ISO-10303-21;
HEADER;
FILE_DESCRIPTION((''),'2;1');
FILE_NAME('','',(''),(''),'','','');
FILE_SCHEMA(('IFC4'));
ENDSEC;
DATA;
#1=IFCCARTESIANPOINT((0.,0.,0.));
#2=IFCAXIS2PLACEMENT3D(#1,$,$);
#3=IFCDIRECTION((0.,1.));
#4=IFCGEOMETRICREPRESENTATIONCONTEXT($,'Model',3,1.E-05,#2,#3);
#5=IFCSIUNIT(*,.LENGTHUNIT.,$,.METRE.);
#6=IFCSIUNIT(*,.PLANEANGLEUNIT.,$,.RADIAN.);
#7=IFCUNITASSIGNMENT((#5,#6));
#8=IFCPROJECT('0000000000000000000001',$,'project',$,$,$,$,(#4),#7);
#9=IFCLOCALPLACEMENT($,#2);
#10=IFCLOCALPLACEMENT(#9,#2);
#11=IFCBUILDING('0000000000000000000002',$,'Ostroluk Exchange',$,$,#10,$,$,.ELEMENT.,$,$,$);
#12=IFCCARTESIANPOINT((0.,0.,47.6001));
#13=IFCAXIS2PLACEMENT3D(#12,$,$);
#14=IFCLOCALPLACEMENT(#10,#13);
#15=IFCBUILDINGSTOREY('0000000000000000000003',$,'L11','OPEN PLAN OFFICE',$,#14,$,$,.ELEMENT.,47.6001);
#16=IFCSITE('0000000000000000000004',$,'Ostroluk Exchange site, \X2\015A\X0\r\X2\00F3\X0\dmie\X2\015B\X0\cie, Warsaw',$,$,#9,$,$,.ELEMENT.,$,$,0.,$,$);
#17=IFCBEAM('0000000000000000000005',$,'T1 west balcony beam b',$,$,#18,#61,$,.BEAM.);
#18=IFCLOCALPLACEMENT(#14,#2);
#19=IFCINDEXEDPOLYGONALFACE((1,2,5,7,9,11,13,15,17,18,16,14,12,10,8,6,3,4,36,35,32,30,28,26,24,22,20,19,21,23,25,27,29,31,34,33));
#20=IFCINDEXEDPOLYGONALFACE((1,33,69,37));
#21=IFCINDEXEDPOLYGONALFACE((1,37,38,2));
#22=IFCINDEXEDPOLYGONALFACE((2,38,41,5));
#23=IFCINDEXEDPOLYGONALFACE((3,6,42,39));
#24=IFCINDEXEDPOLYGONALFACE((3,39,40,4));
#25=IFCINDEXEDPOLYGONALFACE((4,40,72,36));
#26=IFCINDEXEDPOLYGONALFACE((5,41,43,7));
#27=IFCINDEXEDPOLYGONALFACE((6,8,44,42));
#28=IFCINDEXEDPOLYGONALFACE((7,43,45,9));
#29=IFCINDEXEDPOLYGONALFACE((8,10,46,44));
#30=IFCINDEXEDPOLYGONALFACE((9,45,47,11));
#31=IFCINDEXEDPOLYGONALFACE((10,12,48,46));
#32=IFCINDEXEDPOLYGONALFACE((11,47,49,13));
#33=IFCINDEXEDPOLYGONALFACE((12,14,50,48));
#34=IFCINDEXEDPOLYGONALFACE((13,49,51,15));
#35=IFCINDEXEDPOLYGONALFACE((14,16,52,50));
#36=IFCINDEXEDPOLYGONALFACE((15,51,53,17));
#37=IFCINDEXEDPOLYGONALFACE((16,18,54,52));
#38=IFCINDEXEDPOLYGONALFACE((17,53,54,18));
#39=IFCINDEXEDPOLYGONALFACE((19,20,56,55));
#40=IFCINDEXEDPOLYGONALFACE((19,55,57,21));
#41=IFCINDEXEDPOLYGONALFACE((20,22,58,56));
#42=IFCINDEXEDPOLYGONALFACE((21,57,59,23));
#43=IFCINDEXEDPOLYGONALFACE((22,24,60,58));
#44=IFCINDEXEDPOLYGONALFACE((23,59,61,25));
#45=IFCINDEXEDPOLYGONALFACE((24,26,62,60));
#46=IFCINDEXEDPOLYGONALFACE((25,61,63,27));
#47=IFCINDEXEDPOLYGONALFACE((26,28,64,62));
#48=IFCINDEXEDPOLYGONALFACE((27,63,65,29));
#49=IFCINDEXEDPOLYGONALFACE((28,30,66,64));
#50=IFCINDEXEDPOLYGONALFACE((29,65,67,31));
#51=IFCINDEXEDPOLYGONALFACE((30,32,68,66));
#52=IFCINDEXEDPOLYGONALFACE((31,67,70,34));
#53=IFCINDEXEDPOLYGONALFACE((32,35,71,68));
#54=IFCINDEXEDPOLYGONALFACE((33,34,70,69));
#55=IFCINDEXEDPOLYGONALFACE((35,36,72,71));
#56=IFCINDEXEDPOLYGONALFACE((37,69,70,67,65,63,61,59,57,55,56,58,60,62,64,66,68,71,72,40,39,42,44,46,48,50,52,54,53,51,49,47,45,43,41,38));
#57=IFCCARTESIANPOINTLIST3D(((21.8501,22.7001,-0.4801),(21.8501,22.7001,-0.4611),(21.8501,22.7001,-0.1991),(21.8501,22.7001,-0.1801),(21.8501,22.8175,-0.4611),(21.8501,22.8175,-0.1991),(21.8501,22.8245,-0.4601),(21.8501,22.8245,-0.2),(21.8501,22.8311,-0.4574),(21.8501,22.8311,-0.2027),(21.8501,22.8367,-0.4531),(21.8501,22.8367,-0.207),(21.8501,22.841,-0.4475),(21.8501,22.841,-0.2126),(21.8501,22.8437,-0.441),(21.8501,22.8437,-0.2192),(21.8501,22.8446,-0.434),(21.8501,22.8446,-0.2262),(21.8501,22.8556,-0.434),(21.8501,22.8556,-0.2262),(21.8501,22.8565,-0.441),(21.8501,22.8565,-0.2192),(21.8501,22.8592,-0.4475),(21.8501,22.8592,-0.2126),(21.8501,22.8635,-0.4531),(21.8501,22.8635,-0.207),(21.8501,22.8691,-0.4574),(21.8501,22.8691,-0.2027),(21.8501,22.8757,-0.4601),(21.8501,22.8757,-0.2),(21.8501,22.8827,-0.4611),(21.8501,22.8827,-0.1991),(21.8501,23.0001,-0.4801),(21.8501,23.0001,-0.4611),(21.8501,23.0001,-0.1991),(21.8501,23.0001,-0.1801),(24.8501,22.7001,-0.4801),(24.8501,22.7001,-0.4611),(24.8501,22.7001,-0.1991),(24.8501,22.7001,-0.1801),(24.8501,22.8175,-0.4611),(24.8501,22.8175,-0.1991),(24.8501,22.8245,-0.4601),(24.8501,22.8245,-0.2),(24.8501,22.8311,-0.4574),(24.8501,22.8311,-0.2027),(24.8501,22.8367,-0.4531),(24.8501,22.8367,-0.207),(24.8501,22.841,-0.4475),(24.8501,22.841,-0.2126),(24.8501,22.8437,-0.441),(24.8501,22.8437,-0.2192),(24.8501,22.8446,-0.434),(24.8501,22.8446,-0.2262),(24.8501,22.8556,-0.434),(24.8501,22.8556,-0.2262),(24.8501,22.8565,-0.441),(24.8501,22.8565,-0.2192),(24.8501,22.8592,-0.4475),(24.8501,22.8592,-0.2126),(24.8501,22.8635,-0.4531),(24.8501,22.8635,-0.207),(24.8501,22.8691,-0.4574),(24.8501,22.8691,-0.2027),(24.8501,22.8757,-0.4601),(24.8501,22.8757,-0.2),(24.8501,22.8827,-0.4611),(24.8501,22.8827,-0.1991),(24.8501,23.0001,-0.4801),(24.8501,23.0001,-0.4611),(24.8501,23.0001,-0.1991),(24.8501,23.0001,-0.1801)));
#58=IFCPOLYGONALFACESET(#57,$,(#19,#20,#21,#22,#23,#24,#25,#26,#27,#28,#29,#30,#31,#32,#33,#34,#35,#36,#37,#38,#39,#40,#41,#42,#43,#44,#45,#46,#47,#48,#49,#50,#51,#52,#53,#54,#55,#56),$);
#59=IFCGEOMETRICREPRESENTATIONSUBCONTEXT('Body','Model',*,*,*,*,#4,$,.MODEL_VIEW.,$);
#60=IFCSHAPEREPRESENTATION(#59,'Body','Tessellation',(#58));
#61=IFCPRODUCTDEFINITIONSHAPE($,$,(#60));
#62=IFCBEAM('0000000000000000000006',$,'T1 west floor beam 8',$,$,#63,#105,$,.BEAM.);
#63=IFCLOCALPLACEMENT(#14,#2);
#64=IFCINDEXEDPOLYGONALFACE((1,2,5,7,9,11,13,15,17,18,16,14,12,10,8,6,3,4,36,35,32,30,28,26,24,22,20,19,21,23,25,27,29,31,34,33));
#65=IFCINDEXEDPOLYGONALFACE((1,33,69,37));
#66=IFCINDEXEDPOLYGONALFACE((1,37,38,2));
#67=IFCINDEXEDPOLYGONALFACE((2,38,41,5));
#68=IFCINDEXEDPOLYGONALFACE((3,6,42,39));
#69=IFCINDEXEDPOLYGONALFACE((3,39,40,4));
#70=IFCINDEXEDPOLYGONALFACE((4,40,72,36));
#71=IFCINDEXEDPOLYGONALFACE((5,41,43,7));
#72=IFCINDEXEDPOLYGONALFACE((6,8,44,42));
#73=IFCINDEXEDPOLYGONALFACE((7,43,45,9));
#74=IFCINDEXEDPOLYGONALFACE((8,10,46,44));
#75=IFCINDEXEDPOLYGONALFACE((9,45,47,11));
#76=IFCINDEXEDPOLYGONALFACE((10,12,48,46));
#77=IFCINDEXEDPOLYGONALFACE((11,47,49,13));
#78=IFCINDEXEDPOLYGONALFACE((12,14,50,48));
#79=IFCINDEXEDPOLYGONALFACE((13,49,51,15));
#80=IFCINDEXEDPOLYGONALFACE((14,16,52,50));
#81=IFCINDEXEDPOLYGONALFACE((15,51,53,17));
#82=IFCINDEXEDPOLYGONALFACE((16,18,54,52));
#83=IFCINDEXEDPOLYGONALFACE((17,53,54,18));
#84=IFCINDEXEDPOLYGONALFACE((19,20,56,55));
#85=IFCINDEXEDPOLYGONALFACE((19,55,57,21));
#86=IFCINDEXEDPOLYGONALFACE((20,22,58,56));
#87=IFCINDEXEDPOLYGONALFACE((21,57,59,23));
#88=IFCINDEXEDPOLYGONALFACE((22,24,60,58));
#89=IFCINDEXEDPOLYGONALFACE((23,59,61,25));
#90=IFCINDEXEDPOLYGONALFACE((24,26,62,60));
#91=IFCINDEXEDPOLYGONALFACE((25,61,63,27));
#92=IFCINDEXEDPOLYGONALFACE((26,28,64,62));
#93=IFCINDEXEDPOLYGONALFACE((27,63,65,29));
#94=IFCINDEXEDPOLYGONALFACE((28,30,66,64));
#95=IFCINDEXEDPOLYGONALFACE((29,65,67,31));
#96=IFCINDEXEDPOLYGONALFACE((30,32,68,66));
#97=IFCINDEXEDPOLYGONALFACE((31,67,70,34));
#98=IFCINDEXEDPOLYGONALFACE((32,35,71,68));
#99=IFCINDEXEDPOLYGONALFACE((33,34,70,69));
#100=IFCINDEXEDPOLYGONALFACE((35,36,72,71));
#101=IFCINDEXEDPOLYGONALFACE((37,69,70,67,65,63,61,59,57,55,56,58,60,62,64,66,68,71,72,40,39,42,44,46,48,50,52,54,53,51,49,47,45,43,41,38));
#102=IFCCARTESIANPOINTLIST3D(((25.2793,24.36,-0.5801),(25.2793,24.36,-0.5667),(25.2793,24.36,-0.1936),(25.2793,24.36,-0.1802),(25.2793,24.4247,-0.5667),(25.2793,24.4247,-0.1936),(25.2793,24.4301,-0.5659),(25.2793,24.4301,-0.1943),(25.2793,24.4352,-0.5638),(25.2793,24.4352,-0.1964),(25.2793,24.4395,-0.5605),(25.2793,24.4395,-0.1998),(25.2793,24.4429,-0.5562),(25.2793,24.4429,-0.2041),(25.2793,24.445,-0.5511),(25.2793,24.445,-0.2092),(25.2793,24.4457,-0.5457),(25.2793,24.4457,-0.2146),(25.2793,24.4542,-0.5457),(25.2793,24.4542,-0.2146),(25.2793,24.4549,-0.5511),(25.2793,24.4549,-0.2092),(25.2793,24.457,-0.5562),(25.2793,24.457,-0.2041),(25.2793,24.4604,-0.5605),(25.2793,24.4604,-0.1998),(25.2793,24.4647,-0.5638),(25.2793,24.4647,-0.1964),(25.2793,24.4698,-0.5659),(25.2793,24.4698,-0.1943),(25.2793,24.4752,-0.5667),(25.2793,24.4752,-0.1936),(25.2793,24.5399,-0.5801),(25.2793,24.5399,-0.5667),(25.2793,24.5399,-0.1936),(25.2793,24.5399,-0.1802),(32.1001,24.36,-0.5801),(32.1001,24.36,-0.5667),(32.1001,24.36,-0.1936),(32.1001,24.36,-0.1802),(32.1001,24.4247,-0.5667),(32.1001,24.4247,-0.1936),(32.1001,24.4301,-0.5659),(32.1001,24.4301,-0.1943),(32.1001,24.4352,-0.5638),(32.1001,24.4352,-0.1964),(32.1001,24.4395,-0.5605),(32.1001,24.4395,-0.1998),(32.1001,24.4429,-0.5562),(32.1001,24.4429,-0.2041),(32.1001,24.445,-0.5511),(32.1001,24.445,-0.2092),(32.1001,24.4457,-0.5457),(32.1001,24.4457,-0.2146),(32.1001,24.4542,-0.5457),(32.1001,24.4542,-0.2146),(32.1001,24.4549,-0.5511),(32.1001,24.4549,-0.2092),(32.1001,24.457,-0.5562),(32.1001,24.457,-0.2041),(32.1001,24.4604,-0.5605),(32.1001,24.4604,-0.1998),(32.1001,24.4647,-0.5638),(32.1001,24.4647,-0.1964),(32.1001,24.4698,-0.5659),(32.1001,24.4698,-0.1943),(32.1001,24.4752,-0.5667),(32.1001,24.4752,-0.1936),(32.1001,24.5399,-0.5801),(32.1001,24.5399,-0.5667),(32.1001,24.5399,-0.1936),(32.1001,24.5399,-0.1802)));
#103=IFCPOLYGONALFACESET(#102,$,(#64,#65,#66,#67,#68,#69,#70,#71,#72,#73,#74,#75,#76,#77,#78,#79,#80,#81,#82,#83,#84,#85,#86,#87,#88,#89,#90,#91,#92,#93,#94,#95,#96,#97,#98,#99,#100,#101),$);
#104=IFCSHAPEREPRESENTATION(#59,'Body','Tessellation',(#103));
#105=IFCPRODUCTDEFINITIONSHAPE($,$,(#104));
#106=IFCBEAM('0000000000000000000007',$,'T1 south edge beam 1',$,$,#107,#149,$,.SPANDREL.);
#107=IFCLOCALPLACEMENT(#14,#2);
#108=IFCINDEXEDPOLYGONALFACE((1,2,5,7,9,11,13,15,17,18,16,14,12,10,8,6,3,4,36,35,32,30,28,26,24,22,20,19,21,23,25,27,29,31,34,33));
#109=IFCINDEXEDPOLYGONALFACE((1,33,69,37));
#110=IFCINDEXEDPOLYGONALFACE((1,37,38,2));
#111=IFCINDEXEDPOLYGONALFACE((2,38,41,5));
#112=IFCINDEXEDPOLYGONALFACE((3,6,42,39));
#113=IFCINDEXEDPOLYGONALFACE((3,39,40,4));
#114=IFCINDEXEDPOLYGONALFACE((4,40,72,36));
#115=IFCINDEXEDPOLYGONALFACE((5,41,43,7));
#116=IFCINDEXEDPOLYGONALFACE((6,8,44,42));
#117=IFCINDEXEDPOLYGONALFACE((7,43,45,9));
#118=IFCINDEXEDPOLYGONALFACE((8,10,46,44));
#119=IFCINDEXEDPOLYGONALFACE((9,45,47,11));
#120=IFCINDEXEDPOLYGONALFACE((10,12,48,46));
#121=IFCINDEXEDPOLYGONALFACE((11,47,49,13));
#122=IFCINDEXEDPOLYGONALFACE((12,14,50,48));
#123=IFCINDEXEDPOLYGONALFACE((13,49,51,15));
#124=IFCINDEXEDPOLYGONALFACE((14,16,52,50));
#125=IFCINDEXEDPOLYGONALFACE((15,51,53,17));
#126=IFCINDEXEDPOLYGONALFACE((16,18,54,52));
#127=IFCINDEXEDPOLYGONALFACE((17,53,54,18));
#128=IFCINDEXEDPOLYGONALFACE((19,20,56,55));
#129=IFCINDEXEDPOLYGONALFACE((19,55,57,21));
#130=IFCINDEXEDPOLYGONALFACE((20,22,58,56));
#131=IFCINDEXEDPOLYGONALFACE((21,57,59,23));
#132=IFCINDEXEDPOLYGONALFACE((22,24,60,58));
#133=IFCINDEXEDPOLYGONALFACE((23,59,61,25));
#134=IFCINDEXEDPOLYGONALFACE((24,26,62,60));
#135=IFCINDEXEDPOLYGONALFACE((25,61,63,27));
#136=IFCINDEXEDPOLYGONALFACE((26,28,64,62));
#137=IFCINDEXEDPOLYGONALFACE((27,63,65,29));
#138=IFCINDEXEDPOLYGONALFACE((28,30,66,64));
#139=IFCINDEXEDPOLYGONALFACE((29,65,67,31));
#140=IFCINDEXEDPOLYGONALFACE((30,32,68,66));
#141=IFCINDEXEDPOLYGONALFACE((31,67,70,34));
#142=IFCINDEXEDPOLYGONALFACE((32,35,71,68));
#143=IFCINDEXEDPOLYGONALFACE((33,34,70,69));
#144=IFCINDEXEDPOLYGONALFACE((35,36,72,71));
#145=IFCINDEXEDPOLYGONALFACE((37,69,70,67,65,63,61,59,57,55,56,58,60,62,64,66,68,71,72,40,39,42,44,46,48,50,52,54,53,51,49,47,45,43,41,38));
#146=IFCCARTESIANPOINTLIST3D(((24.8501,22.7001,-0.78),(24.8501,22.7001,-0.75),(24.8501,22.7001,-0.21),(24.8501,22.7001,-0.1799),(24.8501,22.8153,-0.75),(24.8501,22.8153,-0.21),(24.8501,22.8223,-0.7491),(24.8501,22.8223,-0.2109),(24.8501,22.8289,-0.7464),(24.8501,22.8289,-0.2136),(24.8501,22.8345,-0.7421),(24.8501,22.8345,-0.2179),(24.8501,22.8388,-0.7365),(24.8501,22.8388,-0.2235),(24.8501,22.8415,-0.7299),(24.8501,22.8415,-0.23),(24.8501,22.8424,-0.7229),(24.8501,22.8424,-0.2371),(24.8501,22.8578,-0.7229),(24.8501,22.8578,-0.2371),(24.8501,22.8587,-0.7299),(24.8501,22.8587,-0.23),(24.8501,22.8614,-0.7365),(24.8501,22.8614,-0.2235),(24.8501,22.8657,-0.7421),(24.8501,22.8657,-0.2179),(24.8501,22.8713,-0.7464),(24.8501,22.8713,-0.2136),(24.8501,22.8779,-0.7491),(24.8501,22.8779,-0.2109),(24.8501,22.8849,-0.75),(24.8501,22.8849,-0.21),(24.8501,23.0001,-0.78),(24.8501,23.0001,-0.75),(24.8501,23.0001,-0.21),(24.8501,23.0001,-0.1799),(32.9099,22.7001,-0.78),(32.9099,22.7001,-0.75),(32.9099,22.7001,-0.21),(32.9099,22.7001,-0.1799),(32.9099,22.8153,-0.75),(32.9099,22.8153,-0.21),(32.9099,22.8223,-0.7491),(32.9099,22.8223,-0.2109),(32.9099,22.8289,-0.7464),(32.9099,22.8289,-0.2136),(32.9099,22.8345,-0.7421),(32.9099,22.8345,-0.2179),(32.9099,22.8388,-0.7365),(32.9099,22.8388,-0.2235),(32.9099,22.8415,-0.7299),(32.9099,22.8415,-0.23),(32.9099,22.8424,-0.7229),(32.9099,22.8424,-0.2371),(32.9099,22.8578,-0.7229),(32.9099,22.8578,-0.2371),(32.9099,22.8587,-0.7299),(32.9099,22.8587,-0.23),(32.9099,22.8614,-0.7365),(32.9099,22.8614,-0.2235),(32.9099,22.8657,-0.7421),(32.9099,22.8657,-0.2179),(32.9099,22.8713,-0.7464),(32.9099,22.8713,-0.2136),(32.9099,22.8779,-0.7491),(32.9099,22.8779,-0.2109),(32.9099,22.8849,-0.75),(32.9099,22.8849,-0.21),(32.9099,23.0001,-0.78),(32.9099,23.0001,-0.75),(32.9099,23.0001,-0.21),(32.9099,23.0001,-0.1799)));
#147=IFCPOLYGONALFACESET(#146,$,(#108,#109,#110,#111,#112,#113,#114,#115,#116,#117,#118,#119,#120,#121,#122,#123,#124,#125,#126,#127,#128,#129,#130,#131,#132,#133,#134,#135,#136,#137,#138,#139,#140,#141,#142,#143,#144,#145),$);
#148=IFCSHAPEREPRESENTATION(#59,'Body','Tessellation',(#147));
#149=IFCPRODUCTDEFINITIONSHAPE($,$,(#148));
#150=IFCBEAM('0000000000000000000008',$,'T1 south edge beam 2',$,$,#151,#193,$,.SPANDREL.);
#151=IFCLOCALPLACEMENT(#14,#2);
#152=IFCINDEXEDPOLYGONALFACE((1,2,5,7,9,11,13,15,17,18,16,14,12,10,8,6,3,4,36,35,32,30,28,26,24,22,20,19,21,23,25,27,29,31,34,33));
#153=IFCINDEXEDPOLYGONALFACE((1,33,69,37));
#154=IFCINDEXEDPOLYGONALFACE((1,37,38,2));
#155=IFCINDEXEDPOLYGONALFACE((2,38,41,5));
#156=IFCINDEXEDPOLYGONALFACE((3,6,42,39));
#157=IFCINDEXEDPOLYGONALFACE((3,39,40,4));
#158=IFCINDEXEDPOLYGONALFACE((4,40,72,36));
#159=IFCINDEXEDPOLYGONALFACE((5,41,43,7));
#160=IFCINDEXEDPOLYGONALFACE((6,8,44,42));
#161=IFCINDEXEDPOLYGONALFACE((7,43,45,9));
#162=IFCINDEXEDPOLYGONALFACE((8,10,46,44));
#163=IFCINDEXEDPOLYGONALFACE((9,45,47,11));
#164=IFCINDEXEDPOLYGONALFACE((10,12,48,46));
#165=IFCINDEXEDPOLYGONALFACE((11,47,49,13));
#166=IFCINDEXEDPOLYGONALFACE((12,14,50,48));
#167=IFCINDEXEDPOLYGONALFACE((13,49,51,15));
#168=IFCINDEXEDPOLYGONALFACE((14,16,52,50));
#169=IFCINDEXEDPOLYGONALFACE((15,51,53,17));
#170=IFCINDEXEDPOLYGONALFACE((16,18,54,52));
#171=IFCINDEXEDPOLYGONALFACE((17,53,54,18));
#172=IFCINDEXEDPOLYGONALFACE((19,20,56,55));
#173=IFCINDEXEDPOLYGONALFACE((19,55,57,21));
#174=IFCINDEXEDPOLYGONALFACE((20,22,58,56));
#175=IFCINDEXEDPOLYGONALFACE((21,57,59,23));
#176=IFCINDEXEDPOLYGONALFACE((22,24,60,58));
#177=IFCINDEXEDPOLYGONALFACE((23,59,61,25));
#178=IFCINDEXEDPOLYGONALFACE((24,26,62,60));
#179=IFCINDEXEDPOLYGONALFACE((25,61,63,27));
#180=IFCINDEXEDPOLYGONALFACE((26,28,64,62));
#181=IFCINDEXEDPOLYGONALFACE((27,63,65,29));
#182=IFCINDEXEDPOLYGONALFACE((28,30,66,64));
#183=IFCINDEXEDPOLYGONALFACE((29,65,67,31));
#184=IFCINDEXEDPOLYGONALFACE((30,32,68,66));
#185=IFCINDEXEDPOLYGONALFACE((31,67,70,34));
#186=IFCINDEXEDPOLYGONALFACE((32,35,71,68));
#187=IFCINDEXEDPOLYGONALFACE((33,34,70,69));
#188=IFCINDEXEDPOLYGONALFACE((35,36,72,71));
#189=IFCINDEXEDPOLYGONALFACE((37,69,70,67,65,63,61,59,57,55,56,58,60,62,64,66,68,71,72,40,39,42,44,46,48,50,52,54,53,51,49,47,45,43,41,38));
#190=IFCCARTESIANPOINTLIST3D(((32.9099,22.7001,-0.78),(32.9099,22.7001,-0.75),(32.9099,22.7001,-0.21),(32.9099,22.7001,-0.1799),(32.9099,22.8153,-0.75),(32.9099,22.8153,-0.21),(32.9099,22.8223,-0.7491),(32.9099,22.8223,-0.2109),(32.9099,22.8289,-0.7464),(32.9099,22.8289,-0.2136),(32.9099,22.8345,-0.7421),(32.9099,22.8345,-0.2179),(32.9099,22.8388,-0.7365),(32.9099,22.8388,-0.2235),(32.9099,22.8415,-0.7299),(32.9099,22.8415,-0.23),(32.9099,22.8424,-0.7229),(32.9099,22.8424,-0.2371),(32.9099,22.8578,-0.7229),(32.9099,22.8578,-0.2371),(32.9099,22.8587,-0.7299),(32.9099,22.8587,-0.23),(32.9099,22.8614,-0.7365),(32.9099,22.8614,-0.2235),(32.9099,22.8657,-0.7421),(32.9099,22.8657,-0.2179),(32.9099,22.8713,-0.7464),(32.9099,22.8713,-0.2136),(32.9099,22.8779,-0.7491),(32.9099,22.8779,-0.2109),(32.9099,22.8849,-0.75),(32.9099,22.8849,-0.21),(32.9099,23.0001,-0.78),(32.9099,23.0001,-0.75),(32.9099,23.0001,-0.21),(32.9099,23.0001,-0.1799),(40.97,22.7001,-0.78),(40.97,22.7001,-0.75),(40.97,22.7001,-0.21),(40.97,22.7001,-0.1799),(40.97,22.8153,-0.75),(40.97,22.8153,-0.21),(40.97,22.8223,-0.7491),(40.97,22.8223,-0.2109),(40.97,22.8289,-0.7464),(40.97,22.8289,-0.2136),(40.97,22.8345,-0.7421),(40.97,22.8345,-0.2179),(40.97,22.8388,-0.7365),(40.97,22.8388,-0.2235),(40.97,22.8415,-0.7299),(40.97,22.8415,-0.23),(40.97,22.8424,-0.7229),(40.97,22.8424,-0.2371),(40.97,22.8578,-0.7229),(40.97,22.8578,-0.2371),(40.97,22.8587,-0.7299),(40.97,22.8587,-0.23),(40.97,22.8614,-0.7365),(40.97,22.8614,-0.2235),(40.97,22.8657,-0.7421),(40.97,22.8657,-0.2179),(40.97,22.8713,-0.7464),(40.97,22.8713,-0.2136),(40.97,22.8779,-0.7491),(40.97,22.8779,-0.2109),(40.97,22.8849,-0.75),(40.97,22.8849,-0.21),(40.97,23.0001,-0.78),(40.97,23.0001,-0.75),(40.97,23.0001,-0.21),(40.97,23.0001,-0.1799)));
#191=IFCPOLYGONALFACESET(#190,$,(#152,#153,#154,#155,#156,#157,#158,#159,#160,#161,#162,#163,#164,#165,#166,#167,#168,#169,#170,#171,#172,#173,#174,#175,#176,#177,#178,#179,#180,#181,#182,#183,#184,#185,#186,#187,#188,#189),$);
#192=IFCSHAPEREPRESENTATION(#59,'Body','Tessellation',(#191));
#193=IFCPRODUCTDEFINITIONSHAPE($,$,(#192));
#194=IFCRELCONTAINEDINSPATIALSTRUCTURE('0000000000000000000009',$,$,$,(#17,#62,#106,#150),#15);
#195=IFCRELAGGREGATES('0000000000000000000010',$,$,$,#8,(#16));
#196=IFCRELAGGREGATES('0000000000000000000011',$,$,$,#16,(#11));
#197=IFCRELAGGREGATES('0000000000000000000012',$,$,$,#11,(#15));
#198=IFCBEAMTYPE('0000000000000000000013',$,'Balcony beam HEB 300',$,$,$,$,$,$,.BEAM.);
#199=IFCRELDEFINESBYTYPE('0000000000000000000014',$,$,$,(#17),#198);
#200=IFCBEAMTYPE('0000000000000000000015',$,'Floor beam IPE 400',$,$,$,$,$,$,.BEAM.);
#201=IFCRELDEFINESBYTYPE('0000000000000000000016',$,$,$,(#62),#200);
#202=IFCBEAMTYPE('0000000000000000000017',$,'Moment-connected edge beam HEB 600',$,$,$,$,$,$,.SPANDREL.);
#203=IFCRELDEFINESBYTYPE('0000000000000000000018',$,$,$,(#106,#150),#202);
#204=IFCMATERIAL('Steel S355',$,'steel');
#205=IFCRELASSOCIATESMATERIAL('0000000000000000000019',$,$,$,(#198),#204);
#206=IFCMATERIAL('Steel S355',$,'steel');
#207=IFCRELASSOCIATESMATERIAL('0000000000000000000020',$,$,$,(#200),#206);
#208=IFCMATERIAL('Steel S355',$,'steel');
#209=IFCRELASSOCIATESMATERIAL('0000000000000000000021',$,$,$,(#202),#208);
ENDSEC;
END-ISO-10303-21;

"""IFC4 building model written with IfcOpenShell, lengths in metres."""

from ifc_helpers import new_model, si_unit, direction, frame, origin, origin_2d, place, context, subcontext, project, spatial, i_section, extrude, material, material_profile, profile_set, type_object, element, save


model = new_model("IFC4")

# Units and contexts
model_context = context("Model", 3, precision=1e-05, world=origin(), true_north=direction((0.0, 1.0)))
body_context = subcontext(model_context, "Body", "Model", "MODEL_VIEW")
ifc_project = project(units=[si_unit("LENGTHUNIT", "METRE"), si_unit("PLANEANGLEUNIT", "RADIAN")], contexts=[model_context])

# Site, building, storey
site_placement = place(None, origin())
site = spatial("IfcSite", under=ifc_project, at=site_placement, Name="Ostroluk Exchange site, Śródmieście, Warsaw", CompositionType="ELEMENT", RefElevation=0.0)
building_placement = place(site_placement, origin())
building = spatial("IfcBuilding", under=site, at=building_placement, Name="Ostroluk Exchange", CompositionType="ELEMENT")
storey_placement = place(building_placement, frame((0.0, 0.0, 47.6001)))
storey = spatial("IfcBuildingStorey", under=building, at=storey_placement, Name="L11", Description="OPEN PLAN OFFICE", CompositionType="ELEMENT", Elevation=47.6001)

# Beams
ifc_material_1 = material(Name="Steel S355", Category="steel")
ifc_material_profile_1 = material_profile(ifc_material_1, i_section(OverallWidth=0.3, OverallDepth=0.3, WebThickness=0.011, FlangeThickness=0.019, FilletRadius=0.0271, at=origin_2d()), Name="HEB 300")
ifc_profile_set_1 = profile_set([ifc_material_profile_1], Name="Steel S355")
beam_type_1 = type_object("IfcBeamType", Name="Balcony beam HEB 300", PredefinedType="BEAM", material=ifc_profile_set_1)
beam_1_placement = place(storey_placement, frame((24.8501, 22.8501, -0.3301), z_axis=(-1.0, 0.0, 0.0), x_axis=(0.0, -1.0, 0.0)))
element("IfcBeam", 1, at=beam_1_placement, inside=storey, type_object=beam_type_1, Name="T1 west balcony beam b", PredefinedType="BEAM", context=body_context, shape_type="SweptSolid", body=[
    extrude(i_section(OverallWidth=0.3, OverallDepth=0.3, WebThickness=0.011, FlangeThickness=0.019, FilletRadius=0.0271, at=origin_2d()), origin(), (0.0, 0.0, 1.0), 3.0),
])
ifc_material_2 = material(Name="Steel S355", Category="steel")
ifc_material_profile_2 = material_profile(ifc_material_2, i_section(OverallWidth=0.1799, OverallDepth=0.3999, WebThickness=0.0085, FlangeThickness=0.0134, FilletRadius=0.021, at=origin_2d()), Name="IPE 400")
ifc_profile_set_2 = profile_set([ifc_material_profile_2], Name="Steel S355")
beam_type_2 = type_object("IfcBeamType", Name="Floor beam IPE 400", PredefinedType="BEAM", material=ifc_profile_set_2)
beam_2_placement = place(storey_placement, frame((32.1001, 24.45, -0.3801), z_axis=(-1.0, 0.0, 0.0), x_axis=(0.0, -1.0, 0.0)))
element("IfcBeam", 2, at=beam_2_placement, inside=storey, type_object=beam_type_2, Name="T1 west floor beam 8", PredefinedType="BEAM", context=body_context, shape_type="SweptSolid", body=[
    extrude(i_section(OverallWidth=0.1799, OverallDepth=0.3999, WebThickness=0.0085, FlangeThickness=0.0134, FilletRadius=0.021, at=origin_2d()), origin(), (0.0, 0.0, 1.0), 6.8208),
])
ifc_material_3 = material(Name="Steel S355", Category="steel")
ifc_material_profile_3 = material_profile(ifc_material_3, i_section(OverallWidth=0.3, OverallDepth=0.6001, WebThickness=0.0154, FlangeThickness=0.03, FilletRadius=0.0271, at=origin_2d()), Name="HEB 600")
ifc_profile_set_3 = profile_set([ifc_material_profile_3], Name="Steel S355")
beam_type_3 = type_object("IfcBeamType", Name="Moment-connected edge beam HEB 600", PredefinedType="SPANDREL", material=ifc_profile_set_3)
beam_3_placement = place(storey_placement, frame((24.8501, 22.8501, -0.48), z_axis=(1.0, 0.0, 0.0), x_axis=(0.0, 1.0, 0.0)))
element("IfcBeam", 3, at=beam_3_placement, inside=storey, type_object=beam_type_3, Name="T1 south edge beam 1", PredefinedType="SPANDREL", context=body_context, shape_type="SweptSolid", body=[
    extrude(i_section(OverallWidth=0.3, OverallDepth=0.6001, WebThickness=0.0154, FlangeThickness=0.03, FilletRadius=0.0271, at=origin_2d()), origin(), (0.0, 0.0, 1.0), 8.0598),
])
beam_4_placement = place(storey_placement, frame((32.9099, 22.8501, -0.48), z_axis=(1.0, 0.0, 0.0), x_axis=(0.0, 1.0, 0.0)))
element("IfcBeam", 4, at=beam_4_placement, inside=storey, type_object=beam_type_3, Name="T1 south edge beam 2", PredefinedType="SPANDREL", context=body_context, shape_type="SweptSolid", body=[
    extrude(i_section(OverallWidth=0.3, OverallDepth=0.6001, WebThickness=0.0154, FlangeThickness=0.03, FilletRadius=0.0271, at=origin_2d()), origin(), (0.0, 0.0, 1.0), 8.0601),
])

save(model, "model.ifc")
